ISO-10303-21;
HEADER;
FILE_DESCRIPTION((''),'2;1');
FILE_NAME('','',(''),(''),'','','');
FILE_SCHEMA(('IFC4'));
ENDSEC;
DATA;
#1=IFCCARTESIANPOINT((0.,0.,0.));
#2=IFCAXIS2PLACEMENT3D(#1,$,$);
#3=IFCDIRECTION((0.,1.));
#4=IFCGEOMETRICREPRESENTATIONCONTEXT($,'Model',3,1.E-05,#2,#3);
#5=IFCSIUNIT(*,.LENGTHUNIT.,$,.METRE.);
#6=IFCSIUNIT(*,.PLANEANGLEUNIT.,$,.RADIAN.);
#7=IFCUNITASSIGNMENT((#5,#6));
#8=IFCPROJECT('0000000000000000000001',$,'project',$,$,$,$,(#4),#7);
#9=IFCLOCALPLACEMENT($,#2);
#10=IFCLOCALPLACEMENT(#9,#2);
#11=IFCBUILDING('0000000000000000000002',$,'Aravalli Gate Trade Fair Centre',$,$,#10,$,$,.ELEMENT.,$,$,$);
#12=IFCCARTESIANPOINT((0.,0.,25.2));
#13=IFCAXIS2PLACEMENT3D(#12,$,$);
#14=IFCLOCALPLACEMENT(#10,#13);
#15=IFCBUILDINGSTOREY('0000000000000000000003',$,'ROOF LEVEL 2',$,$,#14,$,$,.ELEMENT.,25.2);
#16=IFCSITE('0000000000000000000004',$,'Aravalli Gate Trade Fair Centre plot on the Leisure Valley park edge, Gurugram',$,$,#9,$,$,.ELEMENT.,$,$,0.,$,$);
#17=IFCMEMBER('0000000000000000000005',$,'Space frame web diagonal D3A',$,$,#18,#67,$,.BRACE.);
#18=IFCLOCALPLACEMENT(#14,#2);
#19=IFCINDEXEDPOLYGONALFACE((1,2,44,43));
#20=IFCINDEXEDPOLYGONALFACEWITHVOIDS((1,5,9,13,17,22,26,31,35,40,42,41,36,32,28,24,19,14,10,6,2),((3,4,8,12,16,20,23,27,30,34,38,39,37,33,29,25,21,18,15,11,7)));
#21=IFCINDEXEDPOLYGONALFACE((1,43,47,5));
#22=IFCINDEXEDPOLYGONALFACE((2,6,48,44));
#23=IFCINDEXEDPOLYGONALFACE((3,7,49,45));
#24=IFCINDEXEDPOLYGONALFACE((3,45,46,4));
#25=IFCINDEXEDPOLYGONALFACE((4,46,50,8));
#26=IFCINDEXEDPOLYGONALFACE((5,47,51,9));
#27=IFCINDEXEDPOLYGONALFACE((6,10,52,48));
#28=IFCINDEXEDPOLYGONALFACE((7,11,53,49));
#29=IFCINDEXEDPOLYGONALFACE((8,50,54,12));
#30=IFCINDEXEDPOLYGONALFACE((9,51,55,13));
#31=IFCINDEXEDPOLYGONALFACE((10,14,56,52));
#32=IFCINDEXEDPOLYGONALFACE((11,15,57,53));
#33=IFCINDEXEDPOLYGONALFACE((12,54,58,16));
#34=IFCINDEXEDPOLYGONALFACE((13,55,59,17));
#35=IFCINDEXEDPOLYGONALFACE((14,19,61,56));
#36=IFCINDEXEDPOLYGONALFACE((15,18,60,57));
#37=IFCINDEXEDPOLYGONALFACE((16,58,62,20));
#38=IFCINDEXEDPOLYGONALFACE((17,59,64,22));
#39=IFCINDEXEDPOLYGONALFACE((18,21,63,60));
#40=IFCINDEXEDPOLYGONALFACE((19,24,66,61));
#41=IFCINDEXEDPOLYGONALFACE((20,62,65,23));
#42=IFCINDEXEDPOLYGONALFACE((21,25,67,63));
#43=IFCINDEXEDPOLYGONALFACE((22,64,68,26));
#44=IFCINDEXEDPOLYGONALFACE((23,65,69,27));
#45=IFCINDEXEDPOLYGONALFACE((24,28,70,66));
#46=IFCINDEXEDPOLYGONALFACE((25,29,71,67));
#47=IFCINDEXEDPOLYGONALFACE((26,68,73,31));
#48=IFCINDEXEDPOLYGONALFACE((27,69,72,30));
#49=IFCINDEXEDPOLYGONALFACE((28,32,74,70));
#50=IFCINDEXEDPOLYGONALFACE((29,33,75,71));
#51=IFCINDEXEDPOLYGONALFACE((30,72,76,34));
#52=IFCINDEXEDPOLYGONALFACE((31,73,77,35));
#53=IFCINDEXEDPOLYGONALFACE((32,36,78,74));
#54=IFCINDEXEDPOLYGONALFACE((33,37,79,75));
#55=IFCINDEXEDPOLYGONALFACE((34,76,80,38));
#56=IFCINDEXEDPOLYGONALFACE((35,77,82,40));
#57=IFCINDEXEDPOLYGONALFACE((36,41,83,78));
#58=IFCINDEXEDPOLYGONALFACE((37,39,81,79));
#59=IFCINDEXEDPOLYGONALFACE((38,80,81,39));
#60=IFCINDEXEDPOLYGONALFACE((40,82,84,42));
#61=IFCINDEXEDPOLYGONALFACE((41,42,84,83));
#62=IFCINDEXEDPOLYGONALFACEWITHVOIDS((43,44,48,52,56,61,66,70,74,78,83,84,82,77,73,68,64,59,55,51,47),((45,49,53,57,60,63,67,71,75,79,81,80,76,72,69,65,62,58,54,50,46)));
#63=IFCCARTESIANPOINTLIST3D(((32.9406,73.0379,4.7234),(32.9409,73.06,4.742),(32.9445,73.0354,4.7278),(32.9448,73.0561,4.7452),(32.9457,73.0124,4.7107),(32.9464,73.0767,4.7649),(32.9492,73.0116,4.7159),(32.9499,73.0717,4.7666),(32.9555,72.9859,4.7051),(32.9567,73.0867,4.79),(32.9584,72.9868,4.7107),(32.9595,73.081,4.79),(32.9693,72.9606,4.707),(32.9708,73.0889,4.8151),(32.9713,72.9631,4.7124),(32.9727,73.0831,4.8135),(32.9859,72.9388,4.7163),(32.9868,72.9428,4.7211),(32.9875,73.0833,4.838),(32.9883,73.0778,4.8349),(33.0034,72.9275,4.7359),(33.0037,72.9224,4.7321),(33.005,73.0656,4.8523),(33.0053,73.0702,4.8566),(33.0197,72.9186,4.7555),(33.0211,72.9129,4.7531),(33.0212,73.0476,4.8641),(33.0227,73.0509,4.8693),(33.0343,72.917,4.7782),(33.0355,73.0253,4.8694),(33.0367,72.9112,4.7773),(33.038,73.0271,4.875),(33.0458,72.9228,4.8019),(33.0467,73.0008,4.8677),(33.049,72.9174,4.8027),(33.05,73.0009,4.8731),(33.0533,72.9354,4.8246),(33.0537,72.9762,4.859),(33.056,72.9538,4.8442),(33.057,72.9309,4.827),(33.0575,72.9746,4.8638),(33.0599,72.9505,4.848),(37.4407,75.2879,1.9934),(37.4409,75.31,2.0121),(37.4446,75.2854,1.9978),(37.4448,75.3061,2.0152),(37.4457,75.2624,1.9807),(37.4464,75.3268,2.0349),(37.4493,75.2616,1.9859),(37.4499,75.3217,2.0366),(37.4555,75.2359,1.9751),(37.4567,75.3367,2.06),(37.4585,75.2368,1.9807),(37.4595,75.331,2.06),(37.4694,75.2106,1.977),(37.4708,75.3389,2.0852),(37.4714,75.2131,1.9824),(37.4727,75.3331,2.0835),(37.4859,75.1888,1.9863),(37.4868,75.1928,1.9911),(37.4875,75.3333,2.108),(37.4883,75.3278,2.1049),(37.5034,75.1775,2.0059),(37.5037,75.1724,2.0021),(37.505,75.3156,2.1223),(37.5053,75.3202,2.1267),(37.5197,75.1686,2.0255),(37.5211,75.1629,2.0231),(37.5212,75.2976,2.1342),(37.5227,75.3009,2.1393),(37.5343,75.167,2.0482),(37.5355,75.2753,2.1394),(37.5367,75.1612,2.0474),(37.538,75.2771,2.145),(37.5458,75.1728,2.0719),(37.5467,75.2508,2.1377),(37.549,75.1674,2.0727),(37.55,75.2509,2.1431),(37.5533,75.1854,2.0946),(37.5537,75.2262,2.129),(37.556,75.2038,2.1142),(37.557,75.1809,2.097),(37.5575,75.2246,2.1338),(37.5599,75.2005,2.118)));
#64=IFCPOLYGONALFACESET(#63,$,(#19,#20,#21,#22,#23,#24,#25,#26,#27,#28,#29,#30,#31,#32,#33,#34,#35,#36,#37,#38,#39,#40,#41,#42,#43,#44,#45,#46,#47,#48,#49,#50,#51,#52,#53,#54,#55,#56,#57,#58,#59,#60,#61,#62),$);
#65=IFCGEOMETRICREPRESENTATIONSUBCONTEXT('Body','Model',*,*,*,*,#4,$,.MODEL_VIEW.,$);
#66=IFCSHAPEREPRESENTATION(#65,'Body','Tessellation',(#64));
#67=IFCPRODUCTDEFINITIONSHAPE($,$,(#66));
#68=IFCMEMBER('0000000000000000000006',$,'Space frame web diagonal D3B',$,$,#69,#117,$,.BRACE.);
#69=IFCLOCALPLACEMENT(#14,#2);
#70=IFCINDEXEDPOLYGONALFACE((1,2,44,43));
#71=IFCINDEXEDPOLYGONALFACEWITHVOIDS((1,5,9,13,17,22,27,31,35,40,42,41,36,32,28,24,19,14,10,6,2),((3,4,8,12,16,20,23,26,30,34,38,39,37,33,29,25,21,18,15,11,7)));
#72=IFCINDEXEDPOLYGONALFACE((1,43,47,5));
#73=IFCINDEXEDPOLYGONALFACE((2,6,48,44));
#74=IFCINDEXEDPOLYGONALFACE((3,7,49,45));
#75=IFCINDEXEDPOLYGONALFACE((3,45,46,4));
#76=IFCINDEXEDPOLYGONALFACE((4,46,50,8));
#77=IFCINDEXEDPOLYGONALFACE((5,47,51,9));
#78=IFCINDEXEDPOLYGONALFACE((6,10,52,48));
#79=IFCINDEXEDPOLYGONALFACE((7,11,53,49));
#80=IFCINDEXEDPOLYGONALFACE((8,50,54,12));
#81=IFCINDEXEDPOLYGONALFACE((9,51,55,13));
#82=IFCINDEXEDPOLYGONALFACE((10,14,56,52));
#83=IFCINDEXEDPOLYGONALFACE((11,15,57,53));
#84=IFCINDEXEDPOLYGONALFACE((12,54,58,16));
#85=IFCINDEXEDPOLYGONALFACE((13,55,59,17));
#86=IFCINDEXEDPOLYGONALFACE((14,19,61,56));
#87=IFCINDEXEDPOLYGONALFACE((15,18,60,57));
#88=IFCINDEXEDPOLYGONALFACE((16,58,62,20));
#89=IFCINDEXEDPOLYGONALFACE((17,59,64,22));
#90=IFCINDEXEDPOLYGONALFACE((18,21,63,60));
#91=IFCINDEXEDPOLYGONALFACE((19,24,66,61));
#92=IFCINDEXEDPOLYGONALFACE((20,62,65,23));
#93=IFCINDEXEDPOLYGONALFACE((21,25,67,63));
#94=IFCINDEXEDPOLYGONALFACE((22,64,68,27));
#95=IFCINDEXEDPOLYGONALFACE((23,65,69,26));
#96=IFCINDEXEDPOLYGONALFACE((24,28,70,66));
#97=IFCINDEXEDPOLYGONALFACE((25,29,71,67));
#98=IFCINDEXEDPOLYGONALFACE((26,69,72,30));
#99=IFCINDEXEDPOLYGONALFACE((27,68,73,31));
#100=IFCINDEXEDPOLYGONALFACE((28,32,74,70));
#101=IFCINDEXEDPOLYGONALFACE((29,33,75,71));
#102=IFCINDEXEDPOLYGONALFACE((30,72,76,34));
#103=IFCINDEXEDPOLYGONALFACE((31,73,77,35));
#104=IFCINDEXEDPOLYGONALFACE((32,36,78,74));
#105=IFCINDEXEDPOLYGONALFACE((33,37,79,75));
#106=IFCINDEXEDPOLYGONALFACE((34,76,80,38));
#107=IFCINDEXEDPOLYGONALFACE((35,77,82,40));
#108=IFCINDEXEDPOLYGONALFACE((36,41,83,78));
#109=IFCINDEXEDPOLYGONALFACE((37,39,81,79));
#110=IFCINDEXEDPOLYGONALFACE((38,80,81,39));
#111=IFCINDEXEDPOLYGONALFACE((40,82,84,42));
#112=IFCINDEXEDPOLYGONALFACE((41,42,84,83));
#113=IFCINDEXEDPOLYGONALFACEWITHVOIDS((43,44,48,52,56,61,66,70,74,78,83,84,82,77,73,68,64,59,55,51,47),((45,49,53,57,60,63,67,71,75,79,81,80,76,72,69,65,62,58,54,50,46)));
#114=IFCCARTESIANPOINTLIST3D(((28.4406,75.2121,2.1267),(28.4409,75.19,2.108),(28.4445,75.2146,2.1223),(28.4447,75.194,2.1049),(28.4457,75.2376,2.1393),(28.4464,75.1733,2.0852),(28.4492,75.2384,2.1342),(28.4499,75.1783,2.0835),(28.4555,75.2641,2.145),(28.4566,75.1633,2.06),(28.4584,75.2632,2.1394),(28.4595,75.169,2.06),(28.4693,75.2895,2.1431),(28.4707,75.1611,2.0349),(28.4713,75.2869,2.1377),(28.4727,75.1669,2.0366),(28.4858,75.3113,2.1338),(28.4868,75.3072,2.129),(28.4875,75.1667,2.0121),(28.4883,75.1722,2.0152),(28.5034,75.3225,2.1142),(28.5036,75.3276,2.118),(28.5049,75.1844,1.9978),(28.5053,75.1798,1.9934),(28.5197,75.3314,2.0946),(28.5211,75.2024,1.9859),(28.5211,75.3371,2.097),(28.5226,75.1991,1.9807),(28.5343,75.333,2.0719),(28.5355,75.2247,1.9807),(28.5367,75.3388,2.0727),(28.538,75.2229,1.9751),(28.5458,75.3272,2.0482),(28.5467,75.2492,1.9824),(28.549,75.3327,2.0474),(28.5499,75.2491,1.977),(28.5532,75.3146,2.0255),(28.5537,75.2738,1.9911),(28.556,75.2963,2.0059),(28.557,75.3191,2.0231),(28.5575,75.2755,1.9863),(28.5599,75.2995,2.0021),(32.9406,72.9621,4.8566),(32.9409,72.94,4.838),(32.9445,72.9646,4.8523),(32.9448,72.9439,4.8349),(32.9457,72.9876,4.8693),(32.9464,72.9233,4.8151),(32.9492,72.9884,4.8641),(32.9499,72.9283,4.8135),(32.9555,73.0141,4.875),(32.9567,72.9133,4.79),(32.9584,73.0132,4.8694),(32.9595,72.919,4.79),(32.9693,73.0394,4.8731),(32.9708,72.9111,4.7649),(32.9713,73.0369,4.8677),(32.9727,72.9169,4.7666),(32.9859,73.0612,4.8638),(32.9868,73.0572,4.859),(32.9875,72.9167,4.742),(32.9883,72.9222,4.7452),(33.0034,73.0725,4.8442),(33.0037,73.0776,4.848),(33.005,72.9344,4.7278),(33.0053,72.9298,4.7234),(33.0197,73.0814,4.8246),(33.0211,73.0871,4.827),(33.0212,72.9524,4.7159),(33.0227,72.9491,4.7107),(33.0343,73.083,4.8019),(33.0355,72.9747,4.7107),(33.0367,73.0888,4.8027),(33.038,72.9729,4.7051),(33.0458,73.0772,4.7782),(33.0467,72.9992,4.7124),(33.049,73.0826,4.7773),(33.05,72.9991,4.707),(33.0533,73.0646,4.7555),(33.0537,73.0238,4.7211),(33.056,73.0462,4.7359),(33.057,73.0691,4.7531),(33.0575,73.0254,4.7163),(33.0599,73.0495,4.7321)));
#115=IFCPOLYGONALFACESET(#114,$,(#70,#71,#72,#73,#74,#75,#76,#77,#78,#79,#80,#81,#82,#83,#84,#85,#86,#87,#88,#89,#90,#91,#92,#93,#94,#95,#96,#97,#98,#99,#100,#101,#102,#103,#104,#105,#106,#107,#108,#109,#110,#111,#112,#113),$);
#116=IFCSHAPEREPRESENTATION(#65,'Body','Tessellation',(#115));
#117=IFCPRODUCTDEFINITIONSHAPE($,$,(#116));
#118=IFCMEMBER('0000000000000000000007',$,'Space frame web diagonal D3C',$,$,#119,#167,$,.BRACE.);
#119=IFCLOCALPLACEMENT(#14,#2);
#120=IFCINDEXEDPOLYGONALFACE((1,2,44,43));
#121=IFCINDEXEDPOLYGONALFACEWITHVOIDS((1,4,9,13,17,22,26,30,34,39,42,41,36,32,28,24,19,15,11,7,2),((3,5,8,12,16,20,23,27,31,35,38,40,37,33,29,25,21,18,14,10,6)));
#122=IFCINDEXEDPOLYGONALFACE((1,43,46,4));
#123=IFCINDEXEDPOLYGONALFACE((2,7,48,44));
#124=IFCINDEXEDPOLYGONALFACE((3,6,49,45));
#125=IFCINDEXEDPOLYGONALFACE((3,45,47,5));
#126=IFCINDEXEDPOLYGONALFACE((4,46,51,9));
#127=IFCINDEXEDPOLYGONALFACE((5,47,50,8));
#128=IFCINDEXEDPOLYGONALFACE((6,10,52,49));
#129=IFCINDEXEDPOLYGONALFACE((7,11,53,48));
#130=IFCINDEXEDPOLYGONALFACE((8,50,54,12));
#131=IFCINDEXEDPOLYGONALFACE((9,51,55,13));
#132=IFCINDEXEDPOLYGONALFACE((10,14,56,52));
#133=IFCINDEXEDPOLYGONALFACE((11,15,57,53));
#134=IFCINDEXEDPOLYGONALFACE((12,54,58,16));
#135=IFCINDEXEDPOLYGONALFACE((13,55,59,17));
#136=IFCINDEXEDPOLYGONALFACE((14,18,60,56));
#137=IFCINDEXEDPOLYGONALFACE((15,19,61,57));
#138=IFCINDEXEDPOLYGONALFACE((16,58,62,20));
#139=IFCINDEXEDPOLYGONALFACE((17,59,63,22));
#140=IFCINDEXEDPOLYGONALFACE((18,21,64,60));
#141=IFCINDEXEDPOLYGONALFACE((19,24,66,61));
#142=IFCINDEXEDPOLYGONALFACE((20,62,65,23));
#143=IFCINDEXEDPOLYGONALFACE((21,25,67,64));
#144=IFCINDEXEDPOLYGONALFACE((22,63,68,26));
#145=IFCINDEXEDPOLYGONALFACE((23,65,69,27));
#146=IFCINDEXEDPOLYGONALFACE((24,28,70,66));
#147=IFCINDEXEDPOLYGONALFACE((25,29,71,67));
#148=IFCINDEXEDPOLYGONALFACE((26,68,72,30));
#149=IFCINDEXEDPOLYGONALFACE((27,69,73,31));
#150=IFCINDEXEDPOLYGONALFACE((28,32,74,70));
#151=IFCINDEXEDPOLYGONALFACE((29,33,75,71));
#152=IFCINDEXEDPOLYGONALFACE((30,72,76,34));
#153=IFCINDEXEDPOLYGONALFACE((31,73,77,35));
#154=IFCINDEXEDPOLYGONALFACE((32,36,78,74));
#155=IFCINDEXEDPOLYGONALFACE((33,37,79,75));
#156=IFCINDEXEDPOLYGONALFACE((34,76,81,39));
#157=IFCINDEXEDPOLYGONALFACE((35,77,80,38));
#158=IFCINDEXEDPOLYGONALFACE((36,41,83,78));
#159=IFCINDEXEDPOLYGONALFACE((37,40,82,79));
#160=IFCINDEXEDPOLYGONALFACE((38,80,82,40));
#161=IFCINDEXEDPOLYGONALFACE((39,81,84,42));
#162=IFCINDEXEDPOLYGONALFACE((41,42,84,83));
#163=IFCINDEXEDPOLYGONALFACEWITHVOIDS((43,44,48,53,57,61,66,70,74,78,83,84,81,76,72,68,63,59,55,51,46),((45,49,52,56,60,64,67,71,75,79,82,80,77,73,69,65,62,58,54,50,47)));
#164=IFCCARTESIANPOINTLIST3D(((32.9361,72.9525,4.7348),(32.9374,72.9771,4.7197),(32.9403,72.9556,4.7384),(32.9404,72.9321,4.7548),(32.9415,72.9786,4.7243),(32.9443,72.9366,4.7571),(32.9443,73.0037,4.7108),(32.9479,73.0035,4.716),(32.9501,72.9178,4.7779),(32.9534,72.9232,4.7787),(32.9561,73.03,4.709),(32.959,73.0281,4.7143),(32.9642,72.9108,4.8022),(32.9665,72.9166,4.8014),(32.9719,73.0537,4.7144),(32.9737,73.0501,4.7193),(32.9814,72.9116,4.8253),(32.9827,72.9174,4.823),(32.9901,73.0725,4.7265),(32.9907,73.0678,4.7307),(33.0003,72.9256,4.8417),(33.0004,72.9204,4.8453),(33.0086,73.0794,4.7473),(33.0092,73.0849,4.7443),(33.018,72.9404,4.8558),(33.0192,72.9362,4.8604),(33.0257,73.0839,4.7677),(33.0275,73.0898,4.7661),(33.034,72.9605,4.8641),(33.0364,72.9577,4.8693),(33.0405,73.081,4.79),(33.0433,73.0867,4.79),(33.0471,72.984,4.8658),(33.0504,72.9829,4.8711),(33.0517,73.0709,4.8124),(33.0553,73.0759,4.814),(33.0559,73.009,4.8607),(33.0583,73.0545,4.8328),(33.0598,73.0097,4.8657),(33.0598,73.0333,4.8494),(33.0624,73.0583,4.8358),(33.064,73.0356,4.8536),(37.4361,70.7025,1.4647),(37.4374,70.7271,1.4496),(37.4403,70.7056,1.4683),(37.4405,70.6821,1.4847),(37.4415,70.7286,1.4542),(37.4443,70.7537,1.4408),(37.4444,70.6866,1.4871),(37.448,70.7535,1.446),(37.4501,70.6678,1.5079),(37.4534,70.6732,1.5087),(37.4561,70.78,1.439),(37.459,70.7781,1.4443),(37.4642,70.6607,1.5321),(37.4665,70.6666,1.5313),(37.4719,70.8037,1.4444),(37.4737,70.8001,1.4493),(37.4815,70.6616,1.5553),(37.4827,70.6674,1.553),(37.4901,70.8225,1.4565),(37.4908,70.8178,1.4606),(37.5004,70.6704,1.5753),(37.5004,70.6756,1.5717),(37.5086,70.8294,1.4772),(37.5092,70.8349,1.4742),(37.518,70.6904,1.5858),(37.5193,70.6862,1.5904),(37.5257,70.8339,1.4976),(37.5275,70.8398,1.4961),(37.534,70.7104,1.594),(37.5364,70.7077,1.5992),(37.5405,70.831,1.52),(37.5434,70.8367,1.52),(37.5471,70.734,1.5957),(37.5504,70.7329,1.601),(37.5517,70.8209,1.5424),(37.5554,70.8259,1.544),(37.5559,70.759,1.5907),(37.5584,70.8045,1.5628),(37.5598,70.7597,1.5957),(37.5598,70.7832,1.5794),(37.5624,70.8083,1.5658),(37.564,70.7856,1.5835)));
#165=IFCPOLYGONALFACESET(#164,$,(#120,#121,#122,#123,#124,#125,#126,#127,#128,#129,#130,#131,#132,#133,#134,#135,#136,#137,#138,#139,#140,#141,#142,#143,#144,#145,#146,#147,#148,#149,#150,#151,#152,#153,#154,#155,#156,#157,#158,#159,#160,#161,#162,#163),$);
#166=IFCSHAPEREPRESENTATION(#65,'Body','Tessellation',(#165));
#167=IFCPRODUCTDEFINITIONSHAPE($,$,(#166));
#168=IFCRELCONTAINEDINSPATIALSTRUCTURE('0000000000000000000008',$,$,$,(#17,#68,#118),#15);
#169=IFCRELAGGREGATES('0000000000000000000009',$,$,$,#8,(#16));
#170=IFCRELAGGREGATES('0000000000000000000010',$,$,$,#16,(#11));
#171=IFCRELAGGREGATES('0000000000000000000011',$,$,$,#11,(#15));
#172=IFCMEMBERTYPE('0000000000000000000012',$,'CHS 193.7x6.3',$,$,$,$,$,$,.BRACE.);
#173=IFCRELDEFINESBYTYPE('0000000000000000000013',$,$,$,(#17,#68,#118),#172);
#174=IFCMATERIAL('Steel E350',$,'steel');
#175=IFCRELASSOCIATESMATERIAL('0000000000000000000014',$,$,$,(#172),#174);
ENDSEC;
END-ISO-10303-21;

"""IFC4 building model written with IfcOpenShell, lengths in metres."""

from ifc_helpers import new_model, si_unit, direction, frame, origin, origin_2d, place, context, subcontext, project, spatial, hollow_circle, extrude, material, material_profile, profile_set, type_object, element, save


model = new_model("IFC4")

# Units and contexts
model_context = context("Model", 3, precision=1e-05, world=origin(), true_north=direction((0.0, 1.0)))
body_context = subcontext(model_context, "Body", "Model", "MODEL_VIEW")
ifc_project = project(units=[si_unit("LENGTHUNIT", "METRE"), si_unit("PLANEANGLEUNIT", "RADIAN")], contexts=[model_context])

# Site, building, storey
site_placement = place(None, origin())
site = spatial("IfcSite", under=ifc_project, at=site_placement, Name="Aravalli Gate Trade Fair Centre plot on the Leisure Valley park edge, Gurugram", CompositionType="ELEMENT", RefElevation=0.0)
building_placement = place(site_placement, origin())
building = spatial("IfcBuilding", under=site, at=building_placement, Name="Aravalli Gate Trade Fair Centre", CompositionType="ELEMENT")
storey_placement = place(building_placement, frame((0.0, 0.0, 25.2)))
storey = spatial("IfcBuildingStorey", under=building, at=storey_placement, Name="ROOF LEVEL 2", CompositionType="ELEMENT", Elevation=25.2)

# Members
ifc_material = material(Name="Steel E350", Category="steel")
ifc_material_profile_1 = material_profile(ifc_material, hollow_circle(Radius=0.0969, WallThickness=0.0063, at=origin_2d()), Name="CHS 193.7x6.3")
ifc_profile_set_1 = profile_set([ifc_material_profile_1], Name="Steel E350")
member_type_1 = type_object("IfcMemberType", Name="CHS 193.7x6.3", PredefinedType="BRACE", material=ifc_profile_set_1)
for number, where, z_axis, x_axis, name in (
    (1, (33.0, 73.0, 4.79), (0.78615, 0.393075, -0.476928), (-0.447214, 0.894427, 0.0), "Space frame web diagonal D3A"),
    (2, (33.0, 73.0, 4.79), (-0.78615, 0.393075, -0.476928), (-0.447214, -0.894427, 0.0), "Space frame web diagonal D3B"),
):
    element("IfcMember", number, at=place(storey_placement, frame(where, z_axis=z_axis, x_axis=x_axis)), inside=storey, type_object=member_type_1, Name=name, PredefinedType="BRACE", context=body_context, shape_type="SweptSolid", body=[
        extrude(hollow_circle(Radius=0.0969, WallThickness=0.0063, at=origin_2d()), origin(), (0.0, 0.0, 1.0), 5.7241),
    ])
for number, where, z_axis, x_axis, name in (
    (3, (33.0, 73.0, 4.79), (0.749942, -0.374971, -0.544961), (0.447214, 0.894427, 0.0), "Space frame web diagonal D3C"),
):
    element("IfcMember", number, at=place(storey_placement, frame(where, z_axis=z_axis, x_axis=x_axis)), inside=storey, type_object=member_type_1, Name=name, PredefinedType="BRACE", context=body_context, shape_type="SweptSolid", body=[
        extrude(hollow_circle(Radius=0.0969, WallThickness=0.0063, at=origin_2d()), origin(), (0.0, 0.0, 1.0), 6.0005),
    ])

save(model, "model.ifc")
